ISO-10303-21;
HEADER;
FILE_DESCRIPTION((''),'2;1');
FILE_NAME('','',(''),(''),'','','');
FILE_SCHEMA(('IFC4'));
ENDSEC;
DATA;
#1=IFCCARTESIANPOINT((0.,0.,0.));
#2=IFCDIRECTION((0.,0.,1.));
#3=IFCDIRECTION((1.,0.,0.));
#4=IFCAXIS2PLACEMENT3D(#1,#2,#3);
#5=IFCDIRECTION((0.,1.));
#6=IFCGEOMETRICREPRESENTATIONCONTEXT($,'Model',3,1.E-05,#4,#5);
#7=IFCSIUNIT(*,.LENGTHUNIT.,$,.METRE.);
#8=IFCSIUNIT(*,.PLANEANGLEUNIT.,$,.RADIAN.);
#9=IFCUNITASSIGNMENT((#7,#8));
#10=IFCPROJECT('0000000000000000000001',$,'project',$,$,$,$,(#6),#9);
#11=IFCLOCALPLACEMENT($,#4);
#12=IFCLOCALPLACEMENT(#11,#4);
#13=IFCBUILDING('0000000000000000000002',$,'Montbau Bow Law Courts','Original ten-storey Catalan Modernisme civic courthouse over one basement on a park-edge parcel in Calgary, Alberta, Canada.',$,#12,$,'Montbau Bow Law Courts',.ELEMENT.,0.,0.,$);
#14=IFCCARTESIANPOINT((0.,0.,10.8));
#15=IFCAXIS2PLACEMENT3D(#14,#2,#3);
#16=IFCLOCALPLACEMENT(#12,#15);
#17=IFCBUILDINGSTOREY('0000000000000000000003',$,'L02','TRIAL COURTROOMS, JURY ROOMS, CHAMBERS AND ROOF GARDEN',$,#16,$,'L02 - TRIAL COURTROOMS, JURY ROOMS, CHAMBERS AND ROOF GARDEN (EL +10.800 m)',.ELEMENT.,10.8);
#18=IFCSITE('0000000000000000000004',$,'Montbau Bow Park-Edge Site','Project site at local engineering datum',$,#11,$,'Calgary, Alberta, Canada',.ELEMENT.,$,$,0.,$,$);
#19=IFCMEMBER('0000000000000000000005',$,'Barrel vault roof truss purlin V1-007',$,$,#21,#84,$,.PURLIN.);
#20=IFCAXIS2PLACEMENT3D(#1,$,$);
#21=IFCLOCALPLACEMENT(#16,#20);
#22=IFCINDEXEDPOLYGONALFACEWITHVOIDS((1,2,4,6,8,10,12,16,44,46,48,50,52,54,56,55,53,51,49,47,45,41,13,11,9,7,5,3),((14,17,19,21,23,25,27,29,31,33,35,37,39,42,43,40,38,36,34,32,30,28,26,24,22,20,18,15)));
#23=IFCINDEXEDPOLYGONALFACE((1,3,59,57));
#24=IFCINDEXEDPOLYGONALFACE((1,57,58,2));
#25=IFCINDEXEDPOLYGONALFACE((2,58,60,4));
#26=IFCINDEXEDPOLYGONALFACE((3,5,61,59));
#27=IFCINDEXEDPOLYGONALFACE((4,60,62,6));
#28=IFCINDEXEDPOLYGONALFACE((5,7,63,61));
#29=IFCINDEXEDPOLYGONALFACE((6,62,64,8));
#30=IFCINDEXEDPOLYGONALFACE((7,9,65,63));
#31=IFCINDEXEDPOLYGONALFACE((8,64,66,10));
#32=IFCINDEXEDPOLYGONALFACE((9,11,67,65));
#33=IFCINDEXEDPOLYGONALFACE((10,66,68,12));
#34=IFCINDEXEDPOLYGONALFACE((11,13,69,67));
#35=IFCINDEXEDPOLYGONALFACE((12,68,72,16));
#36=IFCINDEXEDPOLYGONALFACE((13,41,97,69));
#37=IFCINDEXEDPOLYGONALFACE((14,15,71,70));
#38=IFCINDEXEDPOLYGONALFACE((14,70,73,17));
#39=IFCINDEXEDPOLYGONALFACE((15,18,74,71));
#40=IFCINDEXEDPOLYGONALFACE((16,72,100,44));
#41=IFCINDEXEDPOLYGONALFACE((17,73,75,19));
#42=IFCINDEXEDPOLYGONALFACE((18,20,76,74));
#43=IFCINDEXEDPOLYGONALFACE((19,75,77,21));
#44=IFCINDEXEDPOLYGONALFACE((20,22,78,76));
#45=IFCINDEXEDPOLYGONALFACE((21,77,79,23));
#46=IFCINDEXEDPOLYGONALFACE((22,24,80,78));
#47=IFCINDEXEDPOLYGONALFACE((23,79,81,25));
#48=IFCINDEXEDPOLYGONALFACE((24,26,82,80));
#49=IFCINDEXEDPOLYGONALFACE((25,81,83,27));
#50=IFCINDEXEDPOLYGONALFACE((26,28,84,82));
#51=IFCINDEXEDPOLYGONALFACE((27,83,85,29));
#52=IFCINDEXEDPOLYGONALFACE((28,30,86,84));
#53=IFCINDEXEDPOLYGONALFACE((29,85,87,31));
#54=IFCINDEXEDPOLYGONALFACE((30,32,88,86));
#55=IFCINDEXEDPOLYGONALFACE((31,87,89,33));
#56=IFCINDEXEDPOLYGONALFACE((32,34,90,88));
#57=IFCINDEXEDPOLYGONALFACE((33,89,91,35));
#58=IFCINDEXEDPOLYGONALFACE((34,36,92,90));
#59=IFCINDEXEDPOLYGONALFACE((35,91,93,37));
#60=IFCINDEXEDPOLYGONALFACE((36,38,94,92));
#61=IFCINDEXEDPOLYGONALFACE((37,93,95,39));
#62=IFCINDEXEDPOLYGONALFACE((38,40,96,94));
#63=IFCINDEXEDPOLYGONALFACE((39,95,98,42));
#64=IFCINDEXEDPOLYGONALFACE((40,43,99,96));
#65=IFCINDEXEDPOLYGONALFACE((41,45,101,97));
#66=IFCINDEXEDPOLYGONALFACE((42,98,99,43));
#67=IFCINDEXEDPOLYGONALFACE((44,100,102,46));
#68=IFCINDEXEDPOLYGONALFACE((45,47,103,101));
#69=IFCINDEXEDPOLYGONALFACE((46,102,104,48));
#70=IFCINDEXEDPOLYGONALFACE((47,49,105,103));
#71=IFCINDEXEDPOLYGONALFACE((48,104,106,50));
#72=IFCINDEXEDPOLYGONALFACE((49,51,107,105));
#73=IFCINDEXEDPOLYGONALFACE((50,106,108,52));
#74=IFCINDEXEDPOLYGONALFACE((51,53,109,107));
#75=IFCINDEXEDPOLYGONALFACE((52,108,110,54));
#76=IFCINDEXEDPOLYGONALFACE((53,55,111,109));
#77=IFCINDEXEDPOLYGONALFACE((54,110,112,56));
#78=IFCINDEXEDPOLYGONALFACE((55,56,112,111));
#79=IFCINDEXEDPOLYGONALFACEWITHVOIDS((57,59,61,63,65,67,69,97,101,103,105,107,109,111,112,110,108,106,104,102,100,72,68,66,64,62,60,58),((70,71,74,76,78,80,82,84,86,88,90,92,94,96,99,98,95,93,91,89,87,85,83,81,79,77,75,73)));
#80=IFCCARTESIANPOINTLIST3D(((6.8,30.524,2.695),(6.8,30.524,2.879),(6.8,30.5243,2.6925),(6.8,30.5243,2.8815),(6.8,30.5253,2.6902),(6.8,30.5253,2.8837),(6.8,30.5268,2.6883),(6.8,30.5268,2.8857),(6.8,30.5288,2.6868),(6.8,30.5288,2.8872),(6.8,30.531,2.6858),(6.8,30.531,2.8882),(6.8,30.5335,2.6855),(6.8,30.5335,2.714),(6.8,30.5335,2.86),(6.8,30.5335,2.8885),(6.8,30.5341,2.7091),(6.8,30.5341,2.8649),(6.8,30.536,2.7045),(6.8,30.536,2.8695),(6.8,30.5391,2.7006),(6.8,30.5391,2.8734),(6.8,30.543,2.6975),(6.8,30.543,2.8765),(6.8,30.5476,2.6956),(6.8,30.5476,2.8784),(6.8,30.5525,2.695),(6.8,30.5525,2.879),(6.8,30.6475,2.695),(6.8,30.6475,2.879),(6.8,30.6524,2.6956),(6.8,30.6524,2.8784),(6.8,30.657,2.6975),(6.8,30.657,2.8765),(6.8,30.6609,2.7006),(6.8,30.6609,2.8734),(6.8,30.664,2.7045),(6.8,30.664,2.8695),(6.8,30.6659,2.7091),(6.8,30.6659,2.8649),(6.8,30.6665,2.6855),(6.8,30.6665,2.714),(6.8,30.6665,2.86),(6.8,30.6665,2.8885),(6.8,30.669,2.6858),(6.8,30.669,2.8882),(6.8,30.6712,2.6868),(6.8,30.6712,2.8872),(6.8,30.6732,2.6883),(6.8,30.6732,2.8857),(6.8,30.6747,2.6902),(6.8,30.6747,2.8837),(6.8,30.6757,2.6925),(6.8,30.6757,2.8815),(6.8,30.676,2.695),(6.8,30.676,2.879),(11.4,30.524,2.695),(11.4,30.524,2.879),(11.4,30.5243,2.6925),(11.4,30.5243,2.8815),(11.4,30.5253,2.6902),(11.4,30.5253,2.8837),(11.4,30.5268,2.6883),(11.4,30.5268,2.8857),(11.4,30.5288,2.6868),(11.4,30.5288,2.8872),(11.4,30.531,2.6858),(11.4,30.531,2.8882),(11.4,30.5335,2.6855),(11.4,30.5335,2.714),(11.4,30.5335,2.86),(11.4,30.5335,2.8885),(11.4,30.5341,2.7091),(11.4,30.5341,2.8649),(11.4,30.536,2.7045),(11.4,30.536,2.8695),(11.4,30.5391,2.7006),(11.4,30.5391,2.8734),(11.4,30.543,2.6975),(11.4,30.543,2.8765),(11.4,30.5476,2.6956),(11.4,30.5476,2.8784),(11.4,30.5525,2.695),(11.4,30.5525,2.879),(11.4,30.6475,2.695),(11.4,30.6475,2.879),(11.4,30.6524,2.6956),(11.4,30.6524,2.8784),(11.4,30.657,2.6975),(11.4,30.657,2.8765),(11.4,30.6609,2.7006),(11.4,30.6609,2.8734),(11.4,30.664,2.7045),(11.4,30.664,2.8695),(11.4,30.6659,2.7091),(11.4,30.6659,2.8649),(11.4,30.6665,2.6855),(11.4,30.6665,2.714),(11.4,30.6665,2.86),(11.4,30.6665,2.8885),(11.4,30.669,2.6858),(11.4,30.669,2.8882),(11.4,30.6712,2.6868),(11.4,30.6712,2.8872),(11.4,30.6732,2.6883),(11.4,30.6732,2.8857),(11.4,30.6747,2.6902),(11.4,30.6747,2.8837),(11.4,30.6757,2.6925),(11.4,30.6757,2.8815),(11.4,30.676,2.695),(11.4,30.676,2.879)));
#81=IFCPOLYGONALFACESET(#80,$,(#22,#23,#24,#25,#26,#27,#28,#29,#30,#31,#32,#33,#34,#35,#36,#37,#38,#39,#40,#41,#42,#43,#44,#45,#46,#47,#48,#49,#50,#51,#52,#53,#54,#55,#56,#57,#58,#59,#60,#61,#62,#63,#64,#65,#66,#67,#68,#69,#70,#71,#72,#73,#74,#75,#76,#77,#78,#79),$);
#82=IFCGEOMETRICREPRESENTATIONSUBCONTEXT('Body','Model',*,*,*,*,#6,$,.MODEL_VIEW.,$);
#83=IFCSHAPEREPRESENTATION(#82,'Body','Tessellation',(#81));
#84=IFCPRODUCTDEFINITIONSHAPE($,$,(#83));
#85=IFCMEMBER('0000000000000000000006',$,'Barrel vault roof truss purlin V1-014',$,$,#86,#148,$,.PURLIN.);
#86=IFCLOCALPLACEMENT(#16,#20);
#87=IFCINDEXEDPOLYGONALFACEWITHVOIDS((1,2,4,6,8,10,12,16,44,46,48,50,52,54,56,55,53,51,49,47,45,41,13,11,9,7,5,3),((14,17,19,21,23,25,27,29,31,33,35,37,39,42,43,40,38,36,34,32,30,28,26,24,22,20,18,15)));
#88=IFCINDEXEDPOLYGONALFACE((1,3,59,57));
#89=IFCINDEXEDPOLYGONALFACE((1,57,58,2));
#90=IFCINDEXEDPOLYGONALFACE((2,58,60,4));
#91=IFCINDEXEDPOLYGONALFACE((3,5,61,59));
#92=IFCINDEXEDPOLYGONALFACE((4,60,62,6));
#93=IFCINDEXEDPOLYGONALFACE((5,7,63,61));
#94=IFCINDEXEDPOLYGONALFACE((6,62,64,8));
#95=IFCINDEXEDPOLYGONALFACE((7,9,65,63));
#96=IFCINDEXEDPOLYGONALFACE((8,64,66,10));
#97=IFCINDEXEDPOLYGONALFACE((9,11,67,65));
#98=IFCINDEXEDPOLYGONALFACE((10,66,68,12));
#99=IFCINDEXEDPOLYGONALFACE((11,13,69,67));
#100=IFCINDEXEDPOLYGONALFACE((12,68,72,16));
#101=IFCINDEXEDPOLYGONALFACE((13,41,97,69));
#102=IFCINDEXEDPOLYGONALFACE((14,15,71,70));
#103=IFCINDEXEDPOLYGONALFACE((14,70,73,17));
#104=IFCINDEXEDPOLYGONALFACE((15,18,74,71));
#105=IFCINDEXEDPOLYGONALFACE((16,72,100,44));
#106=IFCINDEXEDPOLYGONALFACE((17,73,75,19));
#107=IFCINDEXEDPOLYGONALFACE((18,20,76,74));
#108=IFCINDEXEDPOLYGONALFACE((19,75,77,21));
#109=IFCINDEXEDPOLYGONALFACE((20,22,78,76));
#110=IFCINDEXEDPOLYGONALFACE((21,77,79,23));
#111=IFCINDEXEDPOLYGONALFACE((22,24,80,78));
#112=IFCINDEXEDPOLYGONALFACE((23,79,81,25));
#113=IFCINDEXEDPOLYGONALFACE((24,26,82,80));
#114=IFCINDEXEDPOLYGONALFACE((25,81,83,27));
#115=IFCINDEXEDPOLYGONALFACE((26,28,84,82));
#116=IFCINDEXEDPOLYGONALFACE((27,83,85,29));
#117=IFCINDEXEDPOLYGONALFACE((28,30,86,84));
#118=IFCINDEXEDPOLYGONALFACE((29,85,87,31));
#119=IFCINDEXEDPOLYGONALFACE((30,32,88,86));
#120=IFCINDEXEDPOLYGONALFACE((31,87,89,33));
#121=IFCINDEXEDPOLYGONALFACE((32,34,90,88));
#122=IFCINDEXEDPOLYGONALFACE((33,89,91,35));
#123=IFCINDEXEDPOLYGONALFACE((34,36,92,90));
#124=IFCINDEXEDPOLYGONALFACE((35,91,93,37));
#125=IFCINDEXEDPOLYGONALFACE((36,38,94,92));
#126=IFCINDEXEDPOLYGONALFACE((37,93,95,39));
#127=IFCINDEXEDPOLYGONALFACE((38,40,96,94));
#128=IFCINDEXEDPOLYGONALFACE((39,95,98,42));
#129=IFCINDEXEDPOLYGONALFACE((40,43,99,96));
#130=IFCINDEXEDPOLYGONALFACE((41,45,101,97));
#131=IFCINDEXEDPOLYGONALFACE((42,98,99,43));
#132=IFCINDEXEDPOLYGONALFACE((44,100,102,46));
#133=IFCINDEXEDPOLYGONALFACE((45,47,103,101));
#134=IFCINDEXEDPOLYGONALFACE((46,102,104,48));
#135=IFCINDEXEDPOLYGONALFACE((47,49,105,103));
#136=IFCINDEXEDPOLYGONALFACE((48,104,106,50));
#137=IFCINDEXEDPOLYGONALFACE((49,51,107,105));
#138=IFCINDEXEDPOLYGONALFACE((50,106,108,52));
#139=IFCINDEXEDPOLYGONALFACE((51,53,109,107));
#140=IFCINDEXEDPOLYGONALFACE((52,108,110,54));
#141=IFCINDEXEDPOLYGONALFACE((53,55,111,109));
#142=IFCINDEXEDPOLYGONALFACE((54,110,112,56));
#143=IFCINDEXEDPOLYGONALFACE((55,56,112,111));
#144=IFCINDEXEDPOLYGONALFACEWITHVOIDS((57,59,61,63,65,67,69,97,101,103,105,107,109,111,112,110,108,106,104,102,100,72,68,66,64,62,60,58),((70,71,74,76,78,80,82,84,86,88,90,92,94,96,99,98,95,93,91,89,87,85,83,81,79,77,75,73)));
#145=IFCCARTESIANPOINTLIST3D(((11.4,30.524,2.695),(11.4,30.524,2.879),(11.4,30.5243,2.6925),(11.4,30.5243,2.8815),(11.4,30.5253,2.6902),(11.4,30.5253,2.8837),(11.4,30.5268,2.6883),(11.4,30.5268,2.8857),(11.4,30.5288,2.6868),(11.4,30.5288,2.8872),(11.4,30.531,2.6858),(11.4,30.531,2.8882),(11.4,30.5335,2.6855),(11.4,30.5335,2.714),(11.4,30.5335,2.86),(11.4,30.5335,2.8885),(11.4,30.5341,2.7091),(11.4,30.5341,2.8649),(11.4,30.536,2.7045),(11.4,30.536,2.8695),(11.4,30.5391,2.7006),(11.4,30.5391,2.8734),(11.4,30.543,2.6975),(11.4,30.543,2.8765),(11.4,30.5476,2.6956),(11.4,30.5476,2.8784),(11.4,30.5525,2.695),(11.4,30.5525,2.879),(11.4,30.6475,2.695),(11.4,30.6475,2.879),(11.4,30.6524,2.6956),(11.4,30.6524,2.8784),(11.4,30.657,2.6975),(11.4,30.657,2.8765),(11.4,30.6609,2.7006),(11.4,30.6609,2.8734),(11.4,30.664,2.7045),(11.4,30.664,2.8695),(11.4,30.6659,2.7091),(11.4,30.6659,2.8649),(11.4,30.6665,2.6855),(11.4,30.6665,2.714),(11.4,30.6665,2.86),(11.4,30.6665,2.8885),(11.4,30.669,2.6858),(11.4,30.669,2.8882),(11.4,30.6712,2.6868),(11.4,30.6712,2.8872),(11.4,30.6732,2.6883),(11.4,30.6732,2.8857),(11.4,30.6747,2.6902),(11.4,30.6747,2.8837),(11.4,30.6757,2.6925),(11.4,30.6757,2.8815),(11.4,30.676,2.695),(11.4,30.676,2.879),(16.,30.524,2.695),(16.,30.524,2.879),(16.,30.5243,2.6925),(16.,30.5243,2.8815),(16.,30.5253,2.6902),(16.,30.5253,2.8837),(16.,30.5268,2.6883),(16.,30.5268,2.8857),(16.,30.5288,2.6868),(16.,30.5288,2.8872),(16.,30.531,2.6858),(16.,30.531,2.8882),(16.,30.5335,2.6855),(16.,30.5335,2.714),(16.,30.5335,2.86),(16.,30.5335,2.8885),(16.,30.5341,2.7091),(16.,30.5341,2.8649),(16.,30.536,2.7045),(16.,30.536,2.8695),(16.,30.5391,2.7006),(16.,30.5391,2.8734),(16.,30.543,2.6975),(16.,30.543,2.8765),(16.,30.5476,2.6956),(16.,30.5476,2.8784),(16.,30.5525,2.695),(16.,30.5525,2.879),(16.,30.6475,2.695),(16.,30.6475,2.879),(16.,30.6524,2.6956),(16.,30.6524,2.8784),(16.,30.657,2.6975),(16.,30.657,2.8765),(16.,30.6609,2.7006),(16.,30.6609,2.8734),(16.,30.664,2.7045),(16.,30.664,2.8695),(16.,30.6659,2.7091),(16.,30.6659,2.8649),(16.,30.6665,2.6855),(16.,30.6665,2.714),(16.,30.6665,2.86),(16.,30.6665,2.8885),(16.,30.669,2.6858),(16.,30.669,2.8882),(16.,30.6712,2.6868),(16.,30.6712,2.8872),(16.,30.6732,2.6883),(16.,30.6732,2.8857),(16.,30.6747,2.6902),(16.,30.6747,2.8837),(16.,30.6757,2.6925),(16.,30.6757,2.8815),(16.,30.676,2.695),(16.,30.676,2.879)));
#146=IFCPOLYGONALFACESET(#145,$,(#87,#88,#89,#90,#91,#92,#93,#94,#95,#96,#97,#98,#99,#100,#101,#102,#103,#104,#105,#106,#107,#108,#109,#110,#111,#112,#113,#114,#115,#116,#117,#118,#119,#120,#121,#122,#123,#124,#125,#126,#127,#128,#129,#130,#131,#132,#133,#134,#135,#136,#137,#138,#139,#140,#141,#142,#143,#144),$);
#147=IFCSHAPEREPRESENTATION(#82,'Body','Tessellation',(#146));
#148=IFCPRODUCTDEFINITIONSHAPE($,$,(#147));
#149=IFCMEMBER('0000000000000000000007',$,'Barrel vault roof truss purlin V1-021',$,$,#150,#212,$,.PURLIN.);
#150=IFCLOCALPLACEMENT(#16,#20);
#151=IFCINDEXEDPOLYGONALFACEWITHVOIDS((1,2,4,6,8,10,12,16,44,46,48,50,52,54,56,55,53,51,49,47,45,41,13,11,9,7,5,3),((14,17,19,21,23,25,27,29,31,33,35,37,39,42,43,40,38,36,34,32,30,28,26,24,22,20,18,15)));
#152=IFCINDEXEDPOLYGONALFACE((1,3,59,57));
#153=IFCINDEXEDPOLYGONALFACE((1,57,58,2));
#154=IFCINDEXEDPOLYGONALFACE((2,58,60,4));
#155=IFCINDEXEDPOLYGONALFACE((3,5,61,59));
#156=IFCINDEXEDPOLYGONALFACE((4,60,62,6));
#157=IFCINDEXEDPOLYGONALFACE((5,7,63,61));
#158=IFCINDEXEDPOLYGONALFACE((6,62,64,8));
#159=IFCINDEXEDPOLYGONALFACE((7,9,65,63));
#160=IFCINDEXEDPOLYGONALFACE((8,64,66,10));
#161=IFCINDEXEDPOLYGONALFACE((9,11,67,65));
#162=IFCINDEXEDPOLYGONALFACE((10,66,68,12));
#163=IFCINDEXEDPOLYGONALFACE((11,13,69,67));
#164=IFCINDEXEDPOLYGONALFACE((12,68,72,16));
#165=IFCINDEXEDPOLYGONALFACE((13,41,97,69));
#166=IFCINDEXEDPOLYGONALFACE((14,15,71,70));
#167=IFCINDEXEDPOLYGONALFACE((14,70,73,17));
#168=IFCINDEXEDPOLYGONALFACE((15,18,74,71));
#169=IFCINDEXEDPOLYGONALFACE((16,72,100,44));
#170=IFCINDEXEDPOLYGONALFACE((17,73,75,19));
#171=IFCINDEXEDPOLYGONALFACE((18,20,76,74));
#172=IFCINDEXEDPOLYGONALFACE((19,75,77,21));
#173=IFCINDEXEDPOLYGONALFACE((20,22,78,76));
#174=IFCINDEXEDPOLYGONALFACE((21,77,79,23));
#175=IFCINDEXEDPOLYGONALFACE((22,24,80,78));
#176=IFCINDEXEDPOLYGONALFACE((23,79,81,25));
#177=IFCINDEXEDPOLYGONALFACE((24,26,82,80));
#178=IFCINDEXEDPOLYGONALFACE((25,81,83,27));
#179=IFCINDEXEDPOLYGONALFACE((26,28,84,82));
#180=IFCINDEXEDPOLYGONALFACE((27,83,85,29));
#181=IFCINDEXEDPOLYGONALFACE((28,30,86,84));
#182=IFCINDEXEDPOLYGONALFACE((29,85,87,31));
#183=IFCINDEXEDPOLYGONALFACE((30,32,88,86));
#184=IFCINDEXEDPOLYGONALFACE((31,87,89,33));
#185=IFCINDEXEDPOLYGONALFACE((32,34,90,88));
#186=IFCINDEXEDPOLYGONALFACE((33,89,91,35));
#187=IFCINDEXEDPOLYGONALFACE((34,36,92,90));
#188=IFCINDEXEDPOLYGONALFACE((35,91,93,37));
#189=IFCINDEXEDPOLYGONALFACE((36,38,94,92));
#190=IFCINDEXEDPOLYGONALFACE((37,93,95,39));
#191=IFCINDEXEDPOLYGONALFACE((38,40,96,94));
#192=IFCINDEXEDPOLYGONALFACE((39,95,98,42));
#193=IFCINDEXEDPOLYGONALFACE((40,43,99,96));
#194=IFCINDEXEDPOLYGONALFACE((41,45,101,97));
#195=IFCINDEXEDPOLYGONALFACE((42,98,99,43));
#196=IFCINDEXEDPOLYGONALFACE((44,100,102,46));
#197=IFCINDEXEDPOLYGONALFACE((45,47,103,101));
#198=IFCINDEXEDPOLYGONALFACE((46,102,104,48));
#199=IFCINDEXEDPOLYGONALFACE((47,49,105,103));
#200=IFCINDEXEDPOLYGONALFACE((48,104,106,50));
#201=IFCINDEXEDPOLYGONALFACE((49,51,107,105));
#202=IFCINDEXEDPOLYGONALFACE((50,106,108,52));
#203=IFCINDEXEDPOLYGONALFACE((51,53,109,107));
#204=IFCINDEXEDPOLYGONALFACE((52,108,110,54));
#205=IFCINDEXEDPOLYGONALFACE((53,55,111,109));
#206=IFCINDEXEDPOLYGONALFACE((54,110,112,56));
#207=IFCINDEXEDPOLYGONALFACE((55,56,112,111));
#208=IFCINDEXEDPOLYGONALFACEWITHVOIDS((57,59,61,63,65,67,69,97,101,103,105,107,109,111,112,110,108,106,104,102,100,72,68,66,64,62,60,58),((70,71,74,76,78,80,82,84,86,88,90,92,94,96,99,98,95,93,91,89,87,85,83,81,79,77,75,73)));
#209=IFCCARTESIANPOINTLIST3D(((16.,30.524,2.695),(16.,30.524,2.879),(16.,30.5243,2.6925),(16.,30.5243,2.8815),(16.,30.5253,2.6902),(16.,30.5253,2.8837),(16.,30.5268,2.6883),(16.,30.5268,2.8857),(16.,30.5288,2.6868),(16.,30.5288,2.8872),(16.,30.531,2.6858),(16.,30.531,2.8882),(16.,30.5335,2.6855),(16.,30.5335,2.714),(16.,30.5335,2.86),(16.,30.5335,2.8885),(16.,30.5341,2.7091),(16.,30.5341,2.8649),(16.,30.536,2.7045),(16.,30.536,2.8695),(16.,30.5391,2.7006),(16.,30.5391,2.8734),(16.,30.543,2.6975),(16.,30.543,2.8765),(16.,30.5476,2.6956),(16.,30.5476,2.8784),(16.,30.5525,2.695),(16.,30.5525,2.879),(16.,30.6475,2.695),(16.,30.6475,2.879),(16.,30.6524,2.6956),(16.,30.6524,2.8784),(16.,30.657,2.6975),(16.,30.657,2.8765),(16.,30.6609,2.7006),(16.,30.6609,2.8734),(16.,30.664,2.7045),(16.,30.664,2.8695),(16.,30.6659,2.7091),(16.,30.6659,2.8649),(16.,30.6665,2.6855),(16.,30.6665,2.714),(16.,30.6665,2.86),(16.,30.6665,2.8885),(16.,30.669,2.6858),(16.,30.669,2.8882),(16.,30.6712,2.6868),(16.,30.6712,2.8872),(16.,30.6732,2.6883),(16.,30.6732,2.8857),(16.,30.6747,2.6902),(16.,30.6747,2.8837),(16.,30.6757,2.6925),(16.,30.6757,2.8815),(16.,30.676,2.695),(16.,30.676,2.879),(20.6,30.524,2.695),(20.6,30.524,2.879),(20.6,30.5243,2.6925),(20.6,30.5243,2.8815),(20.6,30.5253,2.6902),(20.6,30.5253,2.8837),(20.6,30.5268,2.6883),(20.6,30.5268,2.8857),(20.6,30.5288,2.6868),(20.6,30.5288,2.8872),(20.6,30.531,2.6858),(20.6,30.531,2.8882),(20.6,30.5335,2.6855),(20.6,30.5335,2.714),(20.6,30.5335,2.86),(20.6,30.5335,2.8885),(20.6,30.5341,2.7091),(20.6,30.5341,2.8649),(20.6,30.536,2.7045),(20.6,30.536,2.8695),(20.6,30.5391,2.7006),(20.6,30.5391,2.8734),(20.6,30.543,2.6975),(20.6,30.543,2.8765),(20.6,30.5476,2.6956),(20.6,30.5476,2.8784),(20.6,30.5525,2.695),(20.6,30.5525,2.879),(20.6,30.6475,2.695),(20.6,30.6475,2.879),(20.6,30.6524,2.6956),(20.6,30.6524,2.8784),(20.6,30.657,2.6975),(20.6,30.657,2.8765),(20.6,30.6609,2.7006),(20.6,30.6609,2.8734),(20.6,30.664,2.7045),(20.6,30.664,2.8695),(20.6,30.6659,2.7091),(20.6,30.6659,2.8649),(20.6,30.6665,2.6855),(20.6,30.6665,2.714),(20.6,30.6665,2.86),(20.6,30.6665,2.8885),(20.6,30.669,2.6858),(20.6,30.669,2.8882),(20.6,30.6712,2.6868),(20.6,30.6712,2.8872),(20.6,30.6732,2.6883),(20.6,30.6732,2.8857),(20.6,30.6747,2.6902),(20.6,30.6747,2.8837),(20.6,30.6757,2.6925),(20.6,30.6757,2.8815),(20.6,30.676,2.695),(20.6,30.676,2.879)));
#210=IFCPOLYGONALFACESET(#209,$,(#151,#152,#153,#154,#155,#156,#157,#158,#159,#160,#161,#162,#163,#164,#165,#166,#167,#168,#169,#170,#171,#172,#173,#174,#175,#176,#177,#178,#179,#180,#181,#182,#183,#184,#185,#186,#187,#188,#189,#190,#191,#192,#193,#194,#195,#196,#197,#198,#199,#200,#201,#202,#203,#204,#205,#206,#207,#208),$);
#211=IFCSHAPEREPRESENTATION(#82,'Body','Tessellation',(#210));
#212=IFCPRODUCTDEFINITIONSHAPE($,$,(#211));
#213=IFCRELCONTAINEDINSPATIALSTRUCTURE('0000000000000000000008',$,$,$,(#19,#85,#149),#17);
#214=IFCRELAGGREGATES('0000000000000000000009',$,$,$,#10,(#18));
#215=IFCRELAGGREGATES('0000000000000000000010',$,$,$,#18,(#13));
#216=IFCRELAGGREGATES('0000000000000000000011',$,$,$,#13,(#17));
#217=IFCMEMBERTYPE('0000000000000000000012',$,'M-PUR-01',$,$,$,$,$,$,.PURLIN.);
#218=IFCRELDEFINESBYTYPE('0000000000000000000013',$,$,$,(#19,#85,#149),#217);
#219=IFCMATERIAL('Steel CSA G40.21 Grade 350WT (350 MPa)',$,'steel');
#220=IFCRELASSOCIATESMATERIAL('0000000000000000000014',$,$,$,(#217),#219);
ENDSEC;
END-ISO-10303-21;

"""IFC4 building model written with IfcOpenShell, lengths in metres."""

from ifc_helpers import new_model, si_unit, direction, frame, origin_with_axes, origin_2d_with_axis, place, context, subcontext, project, spatial, hollow_rectangle, extrude, material, material_profile, profile_set, type_object, element, save


model = new_model("IFC4")

# Units and contexts
model_context = context("Model", 3, precision=1e-05, world=origin_with_axes(), true_north=direction((0.0, 1.0)))
body_context = subcontext(model_context, "Body", "Model", "MODEL_VIEW")
ifc_project = project(units=[si_unit("LENGTHUNIT", "METRE"), si_unit("PLANEANGLEUNIT", "RADIAN")], contexts=[model_context])

# Site, building, storey
site_placement = place(None, origin_with_axes())
site = spatial("IfcSite", under=ifc_project, at=site_placement, Name="Montbau Bow Park-Edge Site", Description="Project site at local engineering datum", LongName="Calgary, Alberta, Canada", CompositionType="ELEMENT", RefElevation=0.0)
building_placement = place(site_placement, origin_with_axes())
building = spatial("IfcBuilding", under=site, at=building_placement, Name="Montbau Bow Law Courts", Description="Original ten-storey Catalan Modernisme civic courthouse over one basement on a park-edge parcel in Calgary, Alberta, Canada.", LongName="Montbau Bow Law Courts", CompositionType="ELEMENT", ElevationOfRefHeight=0.0, ElevationOfTerrain=0.0)
storey_placement = place(building_placement, frame((0.0, 0.0, 10.8), z_axis=(0.0, 0.0, 1.0), x_axis=(1.0, 0.0, 0.0)))
storey = spatial("IfcBuildingStorey", under=building, at=storey_placement, Name="L02", Description="TRIAL COURTROOMS, JURY ROOMS, CHAMBERS AND ROOF GARDEN", LongName="L02 - TRIAL COURTROOMS, JURY ROOMS, CHAMBERS AND ROOF GARDEN (EL +10.800 m)", CompositionType="ELEMENT", Elevation=10.8)

# Shared definitions
ifc_material_1 = material(Name="Steel CSA G40.21 Grade 350WT (350 MPa)", Category="steel")

# Members
ifc_material_profile_1 = material_profile(ifc_material_1, hollow_rectangle(XDim=0.152, YDim=0.203, WallThickness=0.0095, InnerFilletRadius=0.019, OuterFilletRadius=0.0095, at=origin_2d_with_axis()), Name="HSS203X152X9.5", Category="Main", Priority=0)
ifc_profile_set_1 = profile_set([ifc_material_profile_1], Name="Steel CSA G40.21 Grade 350WT (350 MPa)")
member_type_1 = type_object("IfcMemberType", Name="M-PUR-01", PredefinedType="PURLIN", material=ifc_profile_set_1)
for number, where, z_axis, x_axis, name in (
    (1, (6.8, 30.6, 13.587), (1.0, 0.0, 0.0), (0.0, 1.0, 0.0), "Barrel vault roof truss purlin V1-007"),
    (2, (11.4, 30.6, 13.587), (1.0, 0.0, 0.0), (0.0, 1.0, 0.0), "Barrel vault roof truss purlin V1-014"),
    (3, (16.0, 30.6, 13.587), (1.0, 0.0, 0.0), (0.0, 1.0, 0.0), "Barrel vault roof truss purlin V1-021"),
):
    element("IfcMember", number, at=place(None, frame(where, z_axis=z_axis, x_axis=x_axis)), inside=storey, type_object=member_type_1, Name=name, PredefinedType="PURLIN", context=body_context, shape_type="SweptSolid", body=[
        extrude(hollow_rectangle(XDim=0.152, YDim=0.203, WallThickness=0.0095, InnerFilletRadius=0.019, OuterFilletRadius=0.0095, at=origin_2d_with_axis()), origin_with_axes(), (0.0, 0.0, 1.0), 4.6),
    ])

save(model, "model.ifc")
